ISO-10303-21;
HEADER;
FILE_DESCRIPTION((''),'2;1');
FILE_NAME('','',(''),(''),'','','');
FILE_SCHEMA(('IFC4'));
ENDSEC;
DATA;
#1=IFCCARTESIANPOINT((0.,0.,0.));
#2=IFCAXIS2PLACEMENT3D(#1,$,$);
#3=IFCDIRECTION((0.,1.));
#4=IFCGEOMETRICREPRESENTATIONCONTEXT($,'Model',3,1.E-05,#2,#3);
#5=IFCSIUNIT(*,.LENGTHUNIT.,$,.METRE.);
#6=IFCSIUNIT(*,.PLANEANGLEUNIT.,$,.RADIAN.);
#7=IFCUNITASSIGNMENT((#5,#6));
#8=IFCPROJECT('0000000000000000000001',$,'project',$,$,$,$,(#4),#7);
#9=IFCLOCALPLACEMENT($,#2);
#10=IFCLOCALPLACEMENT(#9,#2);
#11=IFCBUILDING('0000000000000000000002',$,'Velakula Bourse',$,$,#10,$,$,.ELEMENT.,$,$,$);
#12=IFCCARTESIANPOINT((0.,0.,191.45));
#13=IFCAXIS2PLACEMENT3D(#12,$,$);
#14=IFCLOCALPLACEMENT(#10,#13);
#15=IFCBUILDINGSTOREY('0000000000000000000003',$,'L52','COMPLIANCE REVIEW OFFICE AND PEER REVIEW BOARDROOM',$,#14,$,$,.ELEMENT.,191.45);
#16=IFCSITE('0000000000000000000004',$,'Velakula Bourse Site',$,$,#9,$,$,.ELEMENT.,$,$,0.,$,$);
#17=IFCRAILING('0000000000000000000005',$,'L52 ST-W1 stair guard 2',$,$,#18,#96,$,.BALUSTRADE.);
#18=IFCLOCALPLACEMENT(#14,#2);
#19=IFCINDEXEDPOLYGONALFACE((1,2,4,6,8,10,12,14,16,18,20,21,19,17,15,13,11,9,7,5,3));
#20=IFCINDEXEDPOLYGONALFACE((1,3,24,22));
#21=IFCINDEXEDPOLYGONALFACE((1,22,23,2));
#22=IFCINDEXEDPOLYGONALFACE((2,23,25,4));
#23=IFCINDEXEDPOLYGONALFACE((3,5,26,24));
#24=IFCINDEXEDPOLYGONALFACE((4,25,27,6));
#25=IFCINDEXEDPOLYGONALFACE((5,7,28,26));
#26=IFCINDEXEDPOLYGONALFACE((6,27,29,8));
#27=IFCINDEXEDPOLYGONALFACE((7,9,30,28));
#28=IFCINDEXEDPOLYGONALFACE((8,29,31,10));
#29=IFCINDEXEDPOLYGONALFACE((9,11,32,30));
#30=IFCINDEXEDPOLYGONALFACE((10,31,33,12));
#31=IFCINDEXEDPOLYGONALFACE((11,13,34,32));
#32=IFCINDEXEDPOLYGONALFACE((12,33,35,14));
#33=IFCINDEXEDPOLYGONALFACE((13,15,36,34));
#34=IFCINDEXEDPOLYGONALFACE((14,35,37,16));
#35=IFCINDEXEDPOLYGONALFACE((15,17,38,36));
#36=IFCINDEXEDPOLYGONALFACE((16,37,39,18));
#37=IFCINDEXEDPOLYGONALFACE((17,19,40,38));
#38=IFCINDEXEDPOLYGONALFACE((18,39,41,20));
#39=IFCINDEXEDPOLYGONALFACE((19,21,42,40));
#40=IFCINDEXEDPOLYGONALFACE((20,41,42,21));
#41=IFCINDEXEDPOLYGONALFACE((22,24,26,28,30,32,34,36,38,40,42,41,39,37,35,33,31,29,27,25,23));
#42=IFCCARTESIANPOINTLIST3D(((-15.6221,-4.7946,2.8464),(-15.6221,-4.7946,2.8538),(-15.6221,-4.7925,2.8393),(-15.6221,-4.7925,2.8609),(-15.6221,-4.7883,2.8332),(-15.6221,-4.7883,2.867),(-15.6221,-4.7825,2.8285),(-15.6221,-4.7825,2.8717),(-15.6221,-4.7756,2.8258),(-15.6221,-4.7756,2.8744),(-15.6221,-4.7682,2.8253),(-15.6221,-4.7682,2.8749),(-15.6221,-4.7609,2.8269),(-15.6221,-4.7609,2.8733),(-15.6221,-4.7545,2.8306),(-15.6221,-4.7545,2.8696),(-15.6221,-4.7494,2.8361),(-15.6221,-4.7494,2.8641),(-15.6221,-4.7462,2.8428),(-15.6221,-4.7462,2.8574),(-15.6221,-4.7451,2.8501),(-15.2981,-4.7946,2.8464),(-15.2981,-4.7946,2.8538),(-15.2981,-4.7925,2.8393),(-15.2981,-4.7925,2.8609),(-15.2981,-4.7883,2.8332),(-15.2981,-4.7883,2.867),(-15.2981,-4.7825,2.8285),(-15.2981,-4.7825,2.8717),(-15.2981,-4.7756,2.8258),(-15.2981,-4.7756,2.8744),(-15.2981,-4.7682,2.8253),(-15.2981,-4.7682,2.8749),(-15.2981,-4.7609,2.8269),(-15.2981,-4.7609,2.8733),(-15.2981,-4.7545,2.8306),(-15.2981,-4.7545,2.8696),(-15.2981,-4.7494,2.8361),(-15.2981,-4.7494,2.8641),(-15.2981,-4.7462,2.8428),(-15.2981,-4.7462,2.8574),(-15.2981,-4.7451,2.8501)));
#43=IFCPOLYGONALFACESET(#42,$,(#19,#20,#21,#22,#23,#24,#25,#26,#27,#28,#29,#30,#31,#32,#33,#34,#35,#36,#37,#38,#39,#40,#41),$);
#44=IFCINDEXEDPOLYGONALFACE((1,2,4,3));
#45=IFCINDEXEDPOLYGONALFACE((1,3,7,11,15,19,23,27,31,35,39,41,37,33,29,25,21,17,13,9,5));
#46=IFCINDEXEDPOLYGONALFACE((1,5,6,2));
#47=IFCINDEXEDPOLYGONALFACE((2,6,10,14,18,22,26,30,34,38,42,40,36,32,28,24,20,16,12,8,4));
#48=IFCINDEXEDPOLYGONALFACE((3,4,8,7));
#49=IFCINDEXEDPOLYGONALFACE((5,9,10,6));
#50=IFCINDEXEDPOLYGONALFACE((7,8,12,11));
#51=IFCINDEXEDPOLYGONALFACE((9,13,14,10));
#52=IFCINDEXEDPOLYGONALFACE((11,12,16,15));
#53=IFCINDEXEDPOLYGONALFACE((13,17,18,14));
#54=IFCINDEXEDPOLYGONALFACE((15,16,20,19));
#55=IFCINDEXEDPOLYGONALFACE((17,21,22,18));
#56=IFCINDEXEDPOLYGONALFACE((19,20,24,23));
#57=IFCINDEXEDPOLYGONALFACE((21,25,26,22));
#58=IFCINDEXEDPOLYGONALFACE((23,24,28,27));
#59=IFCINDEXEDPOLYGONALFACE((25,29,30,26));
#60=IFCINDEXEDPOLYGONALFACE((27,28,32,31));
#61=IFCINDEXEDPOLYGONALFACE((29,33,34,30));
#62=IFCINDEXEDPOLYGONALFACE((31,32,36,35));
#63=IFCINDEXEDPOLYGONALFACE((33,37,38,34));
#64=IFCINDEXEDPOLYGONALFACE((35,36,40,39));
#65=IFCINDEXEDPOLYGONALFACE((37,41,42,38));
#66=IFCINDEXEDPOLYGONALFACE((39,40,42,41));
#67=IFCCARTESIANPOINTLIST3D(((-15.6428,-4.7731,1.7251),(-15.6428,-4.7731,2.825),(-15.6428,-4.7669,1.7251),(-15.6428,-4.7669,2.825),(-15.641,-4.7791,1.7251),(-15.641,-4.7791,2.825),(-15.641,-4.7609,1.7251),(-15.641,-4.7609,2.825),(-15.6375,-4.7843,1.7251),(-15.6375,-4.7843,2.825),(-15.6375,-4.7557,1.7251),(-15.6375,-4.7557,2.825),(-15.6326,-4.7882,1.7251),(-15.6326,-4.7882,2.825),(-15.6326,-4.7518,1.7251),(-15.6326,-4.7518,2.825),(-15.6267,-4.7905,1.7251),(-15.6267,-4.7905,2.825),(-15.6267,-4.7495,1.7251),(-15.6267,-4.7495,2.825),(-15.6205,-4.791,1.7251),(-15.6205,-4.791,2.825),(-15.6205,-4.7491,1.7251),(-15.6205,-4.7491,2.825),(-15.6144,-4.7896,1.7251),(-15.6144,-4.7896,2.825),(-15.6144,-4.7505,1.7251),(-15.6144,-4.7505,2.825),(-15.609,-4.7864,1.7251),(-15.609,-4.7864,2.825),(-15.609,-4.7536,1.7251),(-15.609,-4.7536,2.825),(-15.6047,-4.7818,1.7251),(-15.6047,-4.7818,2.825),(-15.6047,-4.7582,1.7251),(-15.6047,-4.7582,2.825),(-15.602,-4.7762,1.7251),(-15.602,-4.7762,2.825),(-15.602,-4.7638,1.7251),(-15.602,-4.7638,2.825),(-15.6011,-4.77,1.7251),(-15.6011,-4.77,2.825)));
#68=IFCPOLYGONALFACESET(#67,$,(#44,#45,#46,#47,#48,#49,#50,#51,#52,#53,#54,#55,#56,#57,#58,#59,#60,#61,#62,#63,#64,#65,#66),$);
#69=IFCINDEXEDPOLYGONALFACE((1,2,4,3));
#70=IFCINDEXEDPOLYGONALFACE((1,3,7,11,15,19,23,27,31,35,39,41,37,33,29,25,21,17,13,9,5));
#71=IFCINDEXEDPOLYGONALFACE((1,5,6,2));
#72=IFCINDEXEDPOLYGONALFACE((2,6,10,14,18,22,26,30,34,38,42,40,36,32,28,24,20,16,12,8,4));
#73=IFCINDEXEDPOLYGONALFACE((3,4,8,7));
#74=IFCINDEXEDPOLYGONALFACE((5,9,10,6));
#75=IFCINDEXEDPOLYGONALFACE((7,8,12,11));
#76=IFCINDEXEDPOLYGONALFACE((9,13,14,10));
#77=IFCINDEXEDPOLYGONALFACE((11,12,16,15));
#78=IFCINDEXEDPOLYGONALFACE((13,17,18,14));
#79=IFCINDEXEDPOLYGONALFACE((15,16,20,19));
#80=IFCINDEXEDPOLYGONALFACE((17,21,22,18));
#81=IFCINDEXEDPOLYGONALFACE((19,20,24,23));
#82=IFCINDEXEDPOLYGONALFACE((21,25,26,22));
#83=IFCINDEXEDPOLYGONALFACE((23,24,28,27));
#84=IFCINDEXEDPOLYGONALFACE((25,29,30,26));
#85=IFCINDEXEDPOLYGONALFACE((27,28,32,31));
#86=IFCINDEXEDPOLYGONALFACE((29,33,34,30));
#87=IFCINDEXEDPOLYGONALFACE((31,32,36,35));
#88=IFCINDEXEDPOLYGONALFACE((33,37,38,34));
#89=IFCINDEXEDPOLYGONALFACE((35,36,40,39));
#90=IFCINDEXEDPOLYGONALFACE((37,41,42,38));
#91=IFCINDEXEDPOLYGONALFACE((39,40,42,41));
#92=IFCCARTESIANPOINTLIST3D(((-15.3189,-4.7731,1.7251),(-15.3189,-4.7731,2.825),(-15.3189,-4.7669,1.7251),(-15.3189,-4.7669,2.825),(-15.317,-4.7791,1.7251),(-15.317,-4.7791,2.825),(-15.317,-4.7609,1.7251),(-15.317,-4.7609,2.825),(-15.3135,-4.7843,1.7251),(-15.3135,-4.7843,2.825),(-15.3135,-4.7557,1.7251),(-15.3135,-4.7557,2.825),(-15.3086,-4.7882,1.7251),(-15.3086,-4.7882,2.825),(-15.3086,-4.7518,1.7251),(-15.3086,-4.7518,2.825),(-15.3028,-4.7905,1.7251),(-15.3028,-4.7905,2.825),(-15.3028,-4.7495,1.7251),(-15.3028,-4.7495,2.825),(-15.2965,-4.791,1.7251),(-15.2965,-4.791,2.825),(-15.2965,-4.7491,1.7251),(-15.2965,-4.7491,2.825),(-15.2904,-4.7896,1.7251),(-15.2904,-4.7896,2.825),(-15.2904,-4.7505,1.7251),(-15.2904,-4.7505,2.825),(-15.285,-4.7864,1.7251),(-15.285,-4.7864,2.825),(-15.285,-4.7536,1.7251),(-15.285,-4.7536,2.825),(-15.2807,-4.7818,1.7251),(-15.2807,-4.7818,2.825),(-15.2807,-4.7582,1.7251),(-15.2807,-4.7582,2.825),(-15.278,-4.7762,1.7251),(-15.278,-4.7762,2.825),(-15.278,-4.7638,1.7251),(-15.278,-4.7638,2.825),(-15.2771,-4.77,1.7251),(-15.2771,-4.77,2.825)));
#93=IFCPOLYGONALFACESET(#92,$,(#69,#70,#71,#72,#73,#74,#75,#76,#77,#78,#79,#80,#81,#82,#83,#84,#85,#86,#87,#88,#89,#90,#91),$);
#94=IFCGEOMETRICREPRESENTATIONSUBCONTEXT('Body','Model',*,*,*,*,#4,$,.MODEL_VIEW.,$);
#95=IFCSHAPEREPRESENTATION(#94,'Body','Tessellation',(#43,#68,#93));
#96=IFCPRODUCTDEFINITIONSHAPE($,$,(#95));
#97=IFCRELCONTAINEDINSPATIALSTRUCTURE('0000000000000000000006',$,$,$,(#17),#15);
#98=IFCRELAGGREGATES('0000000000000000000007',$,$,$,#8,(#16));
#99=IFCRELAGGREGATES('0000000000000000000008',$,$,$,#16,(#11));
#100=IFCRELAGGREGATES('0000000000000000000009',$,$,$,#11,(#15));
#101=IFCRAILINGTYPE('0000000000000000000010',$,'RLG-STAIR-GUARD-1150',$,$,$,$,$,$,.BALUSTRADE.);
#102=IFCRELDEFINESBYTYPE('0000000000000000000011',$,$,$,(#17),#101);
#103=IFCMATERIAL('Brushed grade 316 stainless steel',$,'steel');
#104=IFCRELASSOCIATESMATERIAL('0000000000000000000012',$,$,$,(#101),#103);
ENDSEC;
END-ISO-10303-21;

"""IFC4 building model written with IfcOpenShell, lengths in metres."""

from ifc_helpers import new_model, si_unit, direction, frame, origin, origin_2d, place, context, subcontext, project, spatial, circle, extrude, material, type_object, element, save


model = new_model("IFC4")

# Units and contexts
model_context = context("Model", 3, precision=1e-05, world=origin(), true_north=direction((0.0, 1.0)))
body_context = subcontext(model_context, "Body", "Model", "MODEL_VIEW")
ifc_project = project(units=[si_unit("LENGTHUNIT", "METRE"), si_unit("PLANEANGLEUNIT", "RADIAN")], contexts=[model_context])

# Site, building, storey
site_placement = place(None, origin())
site = spatial("IfcSite", under=ifc_project, at=site_placement, Name="Velakula Bourse Site", CompositionType="ELEMENT", RefElevation=0.0)
building_placement = place(site_placement, origin())
building = spatial("IfcBuilding", under=site, at=building_placement, Name="Velakula Bourse", CompositionType="ELEMENT")
storey_placement = place(building_placement, frame((0.0, 0.0, 191.45)))
storey = spatial("IfcBuildingStorey", under=building, at=storey_placement, Name="L52", Description="COMPLIANCE REVIEW OFFICE AND PEER REVIEW BOARDROOM", CompositionType="ELEMENT", Elevation=191.45)

# Shared definitions
ifc_material_1 = material(Name="Brushed grade 316 stainless steel", Category="steel")

# Railing
railing_type_1 = type_object("IfcRailingType", Name="RLG-STAIR-GUARD-1150", PredefinedType="BALUSTRADE", material=ifc_material_1)
railing_1_placement = place(storey_placement, frame((-15.6221, -4.77, 1.7251)))
element("IfcRailing", 1, at=railing_1_placement, inside=storey, type_object=railing_type_1, Name="L52 ST-W1 stair guard 2", PredefinedType="BALUSTRADE", context=body_context, shape_type="SweptSolid", body=[
    extrude(circle(Radius=0.0249, at=origin_2d()), frame((0.0, 0.0, 1.125), z_axis=(1.0, 0.0, 0.0), x_axis=(0.0, 1.0, 0.0)), (0.0, 0.0, 1.0), 0.324),
    extrude(circle(Radius=0.021, at=origin_2d()), origin(), (0.0, 0.0, 1.0), 1.0999),
    extrude(circle(Radius=0.021, at=origin_2d()), frame((0.324, 0.0, 0.0)), (0.0, 0.0, 1.0), 1.0999),
])

save(model, "model.ifc")
